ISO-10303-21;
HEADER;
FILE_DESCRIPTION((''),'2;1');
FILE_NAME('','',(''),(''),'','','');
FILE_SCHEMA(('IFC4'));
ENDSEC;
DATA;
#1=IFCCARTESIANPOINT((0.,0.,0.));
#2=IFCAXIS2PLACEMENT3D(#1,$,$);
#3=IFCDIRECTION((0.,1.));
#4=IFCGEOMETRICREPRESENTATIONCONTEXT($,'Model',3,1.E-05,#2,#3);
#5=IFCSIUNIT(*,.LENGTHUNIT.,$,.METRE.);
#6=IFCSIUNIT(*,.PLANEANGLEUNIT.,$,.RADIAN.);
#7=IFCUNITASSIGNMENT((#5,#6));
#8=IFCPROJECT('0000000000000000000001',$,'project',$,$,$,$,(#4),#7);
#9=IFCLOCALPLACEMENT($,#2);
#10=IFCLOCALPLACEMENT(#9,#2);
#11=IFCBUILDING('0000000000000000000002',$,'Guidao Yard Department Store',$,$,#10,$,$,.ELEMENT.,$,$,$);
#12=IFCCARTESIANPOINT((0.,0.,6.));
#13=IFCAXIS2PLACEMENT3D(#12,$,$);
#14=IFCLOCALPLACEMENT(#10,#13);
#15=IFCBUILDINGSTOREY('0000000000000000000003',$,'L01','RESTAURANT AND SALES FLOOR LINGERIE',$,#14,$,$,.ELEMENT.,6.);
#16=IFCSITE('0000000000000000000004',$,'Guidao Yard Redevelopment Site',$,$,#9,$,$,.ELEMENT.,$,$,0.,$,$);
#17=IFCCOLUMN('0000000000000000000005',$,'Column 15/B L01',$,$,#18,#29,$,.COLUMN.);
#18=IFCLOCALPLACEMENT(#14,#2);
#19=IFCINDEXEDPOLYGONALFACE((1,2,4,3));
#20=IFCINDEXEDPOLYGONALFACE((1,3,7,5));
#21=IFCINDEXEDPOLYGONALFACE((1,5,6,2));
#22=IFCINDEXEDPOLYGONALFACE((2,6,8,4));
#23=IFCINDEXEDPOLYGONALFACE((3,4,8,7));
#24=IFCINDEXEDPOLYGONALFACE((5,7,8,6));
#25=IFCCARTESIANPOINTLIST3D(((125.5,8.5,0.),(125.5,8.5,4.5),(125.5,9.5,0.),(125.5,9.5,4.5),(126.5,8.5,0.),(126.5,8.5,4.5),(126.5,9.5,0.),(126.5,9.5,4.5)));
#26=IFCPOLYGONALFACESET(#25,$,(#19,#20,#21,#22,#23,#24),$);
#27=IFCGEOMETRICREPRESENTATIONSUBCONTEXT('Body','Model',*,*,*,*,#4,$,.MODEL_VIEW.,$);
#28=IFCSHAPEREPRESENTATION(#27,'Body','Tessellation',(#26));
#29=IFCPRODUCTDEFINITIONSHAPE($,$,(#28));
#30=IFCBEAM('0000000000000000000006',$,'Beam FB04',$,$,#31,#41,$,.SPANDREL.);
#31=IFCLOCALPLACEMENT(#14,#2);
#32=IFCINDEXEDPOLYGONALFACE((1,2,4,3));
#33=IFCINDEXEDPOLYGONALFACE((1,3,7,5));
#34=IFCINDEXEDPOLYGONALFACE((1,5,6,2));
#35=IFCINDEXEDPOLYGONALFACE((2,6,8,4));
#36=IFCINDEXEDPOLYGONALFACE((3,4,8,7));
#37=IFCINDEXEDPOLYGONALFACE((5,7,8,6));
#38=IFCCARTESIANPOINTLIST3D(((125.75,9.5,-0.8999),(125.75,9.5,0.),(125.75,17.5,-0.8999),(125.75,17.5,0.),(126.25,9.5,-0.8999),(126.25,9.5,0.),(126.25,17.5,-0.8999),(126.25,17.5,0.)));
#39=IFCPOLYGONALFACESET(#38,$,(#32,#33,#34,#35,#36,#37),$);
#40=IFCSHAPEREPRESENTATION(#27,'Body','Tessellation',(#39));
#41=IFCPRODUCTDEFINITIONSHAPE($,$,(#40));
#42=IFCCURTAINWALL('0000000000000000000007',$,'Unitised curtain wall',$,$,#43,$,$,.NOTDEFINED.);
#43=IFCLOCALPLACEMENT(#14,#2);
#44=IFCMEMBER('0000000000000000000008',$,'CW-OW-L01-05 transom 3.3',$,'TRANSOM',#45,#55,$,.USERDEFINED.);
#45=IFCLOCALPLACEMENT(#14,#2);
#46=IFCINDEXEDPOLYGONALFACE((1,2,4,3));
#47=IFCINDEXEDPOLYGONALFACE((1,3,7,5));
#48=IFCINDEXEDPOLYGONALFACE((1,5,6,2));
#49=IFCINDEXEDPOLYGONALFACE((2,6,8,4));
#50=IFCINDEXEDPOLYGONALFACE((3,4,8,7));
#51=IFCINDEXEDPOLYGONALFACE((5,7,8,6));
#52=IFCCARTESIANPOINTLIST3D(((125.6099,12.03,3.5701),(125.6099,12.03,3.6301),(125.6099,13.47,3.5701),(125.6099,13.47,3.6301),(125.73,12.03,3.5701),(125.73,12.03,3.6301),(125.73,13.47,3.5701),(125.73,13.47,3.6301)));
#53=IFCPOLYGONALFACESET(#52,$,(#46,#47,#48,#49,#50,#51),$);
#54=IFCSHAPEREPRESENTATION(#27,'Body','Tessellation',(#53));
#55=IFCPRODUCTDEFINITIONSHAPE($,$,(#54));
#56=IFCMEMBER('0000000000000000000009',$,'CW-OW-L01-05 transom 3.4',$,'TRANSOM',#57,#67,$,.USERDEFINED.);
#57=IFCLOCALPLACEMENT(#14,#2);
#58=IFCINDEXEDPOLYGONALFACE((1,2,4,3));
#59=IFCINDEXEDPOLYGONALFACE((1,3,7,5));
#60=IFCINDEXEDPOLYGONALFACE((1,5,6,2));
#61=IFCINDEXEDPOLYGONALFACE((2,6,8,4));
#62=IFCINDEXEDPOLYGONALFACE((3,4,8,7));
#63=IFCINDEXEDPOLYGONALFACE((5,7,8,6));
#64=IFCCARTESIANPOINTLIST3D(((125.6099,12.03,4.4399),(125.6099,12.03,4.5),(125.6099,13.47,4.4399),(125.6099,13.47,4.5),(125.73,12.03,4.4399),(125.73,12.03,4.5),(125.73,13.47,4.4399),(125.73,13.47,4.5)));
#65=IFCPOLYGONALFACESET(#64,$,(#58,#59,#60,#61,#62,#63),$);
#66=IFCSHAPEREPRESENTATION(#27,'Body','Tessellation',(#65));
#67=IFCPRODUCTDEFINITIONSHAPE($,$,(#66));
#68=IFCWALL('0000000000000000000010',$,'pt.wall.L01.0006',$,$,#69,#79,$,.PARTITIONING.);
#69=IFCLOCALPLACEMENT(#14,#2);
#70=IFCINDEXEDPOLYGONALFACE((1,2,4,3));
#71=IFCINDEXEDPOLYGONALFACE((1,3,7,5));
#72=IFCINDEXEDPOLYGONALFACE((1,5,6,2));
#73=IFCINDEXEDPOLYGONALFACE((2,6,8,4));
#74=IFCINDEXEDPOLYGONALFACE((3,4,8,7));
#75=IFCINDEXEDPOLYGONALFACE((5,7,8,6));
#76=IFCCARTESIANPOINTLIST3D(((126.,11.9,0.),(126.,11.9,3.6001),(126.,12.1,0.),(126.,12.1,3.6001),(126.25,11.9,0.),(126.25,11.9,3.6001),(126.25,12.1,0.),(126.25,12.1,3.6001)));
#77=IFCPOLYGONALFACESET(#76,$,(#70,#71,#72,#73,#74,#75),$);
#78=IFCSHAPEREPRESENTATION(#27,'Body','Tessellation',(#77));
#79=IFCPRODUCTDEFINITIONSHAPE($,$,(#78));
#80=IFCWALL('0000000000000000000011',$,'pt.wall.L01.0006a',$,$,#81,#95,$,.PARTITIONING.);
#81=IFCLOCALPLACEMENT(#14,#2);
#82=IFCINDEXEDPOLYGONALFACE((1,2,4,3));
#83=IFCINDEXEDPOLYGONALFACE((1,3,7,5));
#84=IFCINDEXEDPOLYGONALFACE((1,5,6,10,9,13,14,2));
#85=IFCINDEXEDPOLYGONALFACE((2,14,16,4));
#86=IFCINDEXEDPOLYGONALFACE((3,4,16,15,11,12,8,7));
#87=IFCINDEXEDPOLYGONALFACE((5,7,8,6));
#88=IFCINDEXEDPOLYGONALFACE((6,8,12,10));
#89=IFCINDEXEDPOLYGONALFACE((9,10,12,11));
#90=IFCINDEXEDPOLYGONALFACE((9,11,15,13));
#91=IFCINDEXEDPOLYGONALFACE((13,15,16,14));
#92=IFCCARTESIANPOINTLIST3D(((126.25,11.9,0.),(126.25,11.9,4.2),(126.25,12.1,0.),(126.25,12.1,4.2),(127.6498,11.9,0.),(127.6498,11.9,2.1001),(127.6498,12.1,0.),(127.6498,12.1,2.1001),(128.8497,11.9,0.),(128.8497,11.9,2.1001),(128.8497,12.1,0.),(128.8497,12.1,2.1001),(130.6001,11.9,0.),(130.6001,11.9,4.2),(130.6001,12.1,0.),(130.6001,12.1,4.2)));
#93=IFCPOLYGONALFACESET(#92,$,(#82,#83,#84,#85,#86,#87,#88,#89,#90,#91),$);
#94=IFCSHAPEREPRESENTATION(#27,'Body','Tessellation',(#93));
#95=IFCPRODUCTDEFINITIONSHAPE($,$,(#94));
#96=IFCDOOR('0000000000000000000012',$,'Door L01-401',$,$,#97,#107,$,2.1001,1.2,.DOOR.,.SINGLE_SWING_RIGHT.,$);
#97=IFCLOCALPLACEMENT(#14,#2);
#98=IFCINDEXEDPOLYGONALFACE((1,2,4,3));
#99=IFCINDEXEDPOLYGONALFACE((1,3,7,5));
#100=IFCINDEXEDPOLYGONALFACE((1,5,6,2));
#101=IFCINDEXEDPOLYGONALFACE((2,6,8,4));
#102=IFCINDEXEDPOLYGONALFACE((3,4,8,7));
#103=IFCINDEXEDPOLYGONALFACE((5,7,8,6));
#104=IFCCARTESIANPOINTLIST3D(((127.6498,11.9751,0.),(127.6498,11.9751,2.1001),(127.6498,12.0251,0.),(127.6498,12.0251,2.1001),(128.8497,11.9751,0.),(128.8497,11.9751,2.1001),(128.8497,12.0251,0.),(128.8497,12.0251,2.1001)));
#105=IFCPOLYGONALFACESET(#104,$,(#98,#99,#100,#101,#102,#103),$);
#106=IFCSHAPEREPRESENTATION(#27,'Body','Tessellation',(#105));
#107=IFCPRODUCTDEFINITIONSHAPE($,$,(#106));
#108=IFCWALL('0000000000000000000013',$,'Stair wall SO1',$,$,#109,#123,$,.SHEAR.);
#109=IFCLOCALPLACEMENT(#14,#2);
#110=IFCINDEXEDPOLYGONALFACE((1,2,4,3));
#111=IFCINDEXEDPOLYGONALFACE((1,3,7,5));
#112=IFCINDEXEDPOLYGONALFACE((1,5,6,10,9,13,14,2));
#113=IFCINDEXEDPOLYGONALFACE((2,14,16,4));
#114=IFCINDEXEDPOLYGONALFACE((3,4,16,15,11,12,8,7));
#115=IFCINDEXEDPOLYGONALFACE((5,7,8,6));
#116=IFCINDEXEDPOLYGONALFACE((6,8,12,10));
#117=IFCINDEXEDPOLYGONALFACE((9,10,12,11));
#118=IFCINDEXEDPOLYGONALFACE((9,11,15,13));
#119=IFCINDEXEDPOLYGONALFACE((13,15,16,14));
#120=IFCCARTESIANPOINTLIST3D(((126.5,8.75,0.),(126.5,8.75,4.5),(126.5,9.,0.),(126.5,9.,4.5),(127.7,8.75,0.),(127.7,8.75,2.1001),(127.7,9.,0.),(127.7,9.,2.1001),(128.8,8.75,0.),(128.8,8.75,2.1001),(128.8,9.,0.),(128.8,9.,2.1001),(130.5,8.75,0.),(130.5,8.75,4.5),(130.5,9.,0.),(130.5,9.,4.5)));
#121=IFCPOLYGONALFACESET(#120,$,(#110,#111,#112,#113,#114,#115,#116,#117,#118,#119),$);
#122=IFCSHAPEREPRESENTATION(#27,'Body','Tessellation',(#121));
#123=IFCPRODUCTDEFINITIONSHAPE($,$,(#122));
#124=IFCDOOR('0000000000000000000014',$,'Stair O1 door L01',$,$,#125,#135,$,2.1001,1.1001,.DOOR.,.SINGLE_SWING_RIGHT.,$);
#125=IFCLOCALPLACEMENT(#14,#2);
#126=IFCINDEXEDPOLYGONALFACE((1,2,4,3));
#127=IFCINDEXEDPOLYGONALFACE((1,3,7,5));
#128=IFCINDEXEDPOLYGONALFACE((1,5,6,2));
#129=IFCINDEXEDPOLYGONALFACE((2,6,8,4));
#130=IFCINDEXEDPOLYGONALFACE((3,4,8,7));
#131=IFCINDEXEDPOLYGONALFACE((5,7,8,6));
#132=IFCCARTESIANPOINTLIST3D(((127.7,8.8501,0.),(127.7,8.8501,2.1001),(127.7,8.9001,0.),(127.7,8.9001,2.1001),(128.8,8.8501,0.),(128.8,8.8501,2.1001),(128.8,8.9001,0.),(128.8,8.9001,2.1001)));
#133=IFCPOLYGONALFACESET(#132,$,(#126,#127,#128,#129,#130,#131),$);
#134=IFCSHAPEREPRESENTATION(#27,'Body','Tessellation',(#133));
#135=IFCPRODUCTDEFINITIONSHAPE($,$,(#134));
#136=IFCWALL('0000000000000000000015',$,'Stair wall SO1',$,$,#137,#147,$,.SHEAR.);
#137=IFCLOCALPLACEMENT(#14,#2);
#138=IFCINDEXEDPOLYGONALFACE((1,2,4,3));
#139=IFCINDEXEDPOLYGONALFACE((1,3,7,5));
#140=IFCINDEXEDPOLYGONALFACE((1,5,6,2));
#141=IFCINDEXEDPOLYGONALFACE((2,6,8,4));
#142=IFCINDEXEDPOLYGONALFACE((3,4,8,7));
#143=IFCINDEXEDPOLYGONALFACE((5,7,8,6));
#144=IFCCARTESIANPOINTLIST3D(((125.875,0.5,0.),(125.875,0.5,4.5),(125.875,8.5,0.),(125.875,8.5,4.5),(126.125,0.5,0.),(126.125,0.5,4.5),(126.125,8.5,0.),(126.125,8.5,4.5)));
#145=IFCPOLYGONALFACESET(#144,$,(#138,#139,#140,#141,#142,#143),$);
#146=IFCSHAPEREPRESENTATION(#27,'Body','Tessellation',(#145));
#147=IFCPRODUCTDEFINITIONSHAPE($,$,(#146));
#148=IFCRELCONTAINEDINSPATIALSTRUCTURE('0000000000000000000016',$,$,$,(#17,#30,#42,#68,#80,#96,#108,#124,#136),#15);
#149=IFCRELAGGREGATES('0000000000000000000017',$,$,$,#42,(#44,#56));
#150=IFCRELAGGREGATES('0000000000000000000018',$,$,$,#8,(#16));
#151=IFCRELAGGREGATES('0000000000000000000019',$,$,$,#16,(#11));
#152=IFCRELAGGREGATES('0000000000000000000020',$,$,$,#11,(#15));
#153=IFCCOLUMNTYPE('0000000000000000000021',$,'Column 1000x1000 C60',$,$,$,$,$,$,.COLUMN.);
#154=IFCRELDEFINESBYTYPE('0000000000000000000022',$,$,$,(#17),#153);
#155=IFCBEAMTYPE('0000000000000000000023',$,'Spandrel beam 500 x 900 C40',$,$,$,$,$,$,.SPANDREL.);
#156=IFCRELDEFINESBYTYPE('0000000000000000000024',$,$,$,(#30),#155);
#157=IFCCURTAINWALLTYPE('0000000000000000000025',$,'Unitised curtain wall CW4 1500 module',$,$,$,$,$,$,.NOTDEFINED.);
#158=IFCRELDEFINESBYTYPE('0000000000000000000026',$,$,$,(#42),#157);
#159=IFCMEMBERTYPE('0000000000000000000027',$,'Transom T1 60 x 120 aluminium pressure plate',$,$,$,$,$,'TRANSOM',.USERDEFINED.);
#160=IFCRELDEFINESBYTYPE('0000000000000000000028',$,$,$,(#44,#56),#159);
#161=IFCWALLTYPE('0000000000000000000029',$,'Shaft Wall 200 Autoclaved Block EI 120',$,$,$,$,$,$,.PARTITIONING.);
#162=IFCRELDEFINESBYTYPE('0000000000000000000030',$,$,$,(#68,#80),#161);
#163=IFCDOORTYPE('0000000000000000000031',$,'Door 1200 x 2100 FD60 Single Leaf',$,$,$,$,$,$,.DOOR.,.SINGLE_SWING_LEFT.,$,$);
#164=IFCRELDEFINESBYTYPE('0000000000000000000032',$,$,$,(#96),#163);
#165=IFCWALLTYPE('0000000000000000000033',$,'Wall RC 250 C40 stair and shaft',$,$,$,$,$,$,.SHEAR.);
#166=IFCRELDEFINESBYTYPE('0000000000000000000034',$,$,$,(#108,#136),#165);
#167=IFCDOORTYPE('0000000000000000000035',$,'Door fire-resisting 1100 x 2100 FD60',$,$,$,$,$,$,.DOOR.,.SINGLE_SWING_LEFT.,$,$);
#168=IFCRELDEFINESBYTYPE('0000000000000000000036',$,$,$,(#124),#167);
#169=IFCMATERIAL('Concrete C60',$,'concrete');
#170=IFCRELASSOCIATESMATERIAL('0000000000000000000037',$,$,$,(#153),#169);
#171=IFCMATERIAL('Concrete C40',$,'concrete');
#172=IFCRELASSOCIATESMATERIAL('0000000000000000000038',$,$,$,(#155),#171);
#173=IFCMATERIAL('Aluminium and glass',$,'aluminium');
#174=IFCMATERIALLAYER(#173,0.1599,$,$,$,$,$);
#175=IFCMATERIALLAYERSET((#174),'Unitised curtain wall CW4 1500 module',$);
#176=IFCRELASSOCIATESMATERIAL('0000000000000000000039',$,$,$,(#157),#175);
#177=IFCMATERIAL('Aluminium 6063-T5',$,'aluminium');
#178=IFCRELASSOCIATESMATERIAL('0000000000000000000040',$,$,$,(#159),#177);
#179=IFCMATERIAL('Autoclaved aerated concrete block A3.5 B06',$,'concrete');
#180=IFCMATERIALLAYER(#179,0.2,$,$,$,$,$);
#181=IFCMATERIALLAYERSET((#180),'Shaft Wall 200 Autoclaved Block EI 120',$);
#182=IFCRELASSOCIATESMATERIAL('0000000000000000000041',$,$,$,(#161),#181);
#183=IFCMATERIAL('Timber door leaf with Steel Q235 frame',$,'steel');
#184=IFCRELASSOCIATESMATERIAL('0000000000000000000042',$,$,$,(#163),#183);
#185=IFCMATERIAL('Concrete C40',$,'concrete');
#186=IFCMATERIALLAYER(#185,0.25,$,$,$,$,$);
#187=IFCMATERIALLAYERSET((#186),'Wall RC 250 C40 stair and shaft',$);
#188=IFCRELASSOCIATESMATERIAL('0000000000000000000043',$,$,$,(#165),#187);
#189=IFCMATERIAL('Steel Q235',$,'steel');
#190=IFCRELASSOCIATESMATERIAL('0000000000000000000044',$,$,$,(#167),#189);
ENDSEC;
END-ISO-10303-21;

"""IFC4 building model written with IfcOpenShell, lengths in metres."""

from ifc_helpers import new_model, si_unit, direction, frame, frame_2d, origin, origin_2d, place, context, subcontext, project, spatial, rectangle, extrude, material, layer, layer_set, material_profile, profile_set, type_object, element, fill, aggregate, save


model = new_model("IFC4")

# Units and contexts
model_context = context("Model", 3, precision=1e-05, world=origin(), true_north=direction((0.0, 1.0)))
body_context = subcontext(model_context, "Body", "Model", "MODEL_VIEW")
ifc_project = project(units=[si_unit("LENGTHUNIT", "METRE"), si_unit("PLANEANGLEUNIT", "RADIAN")], contexts=[model_context])

# Site, building, storey
site_placement = place(None, origin())
site = spatial("IfcSite", under=ifc_project, at=site_placement, Name="Guidao Yard Redevelopment Site", CompositionType="ELEMENT", RefElevation=0.0)
building_placement = place(site_placement, origin())
building = spatial("IfcBuilding", under=site, at=building_placement, Name="Guidao Yard Department Store", CompositionType="ELEMENT")
storey_placement = place(building_placement, frame((0.0, 0.0, 6.0)))
storey = spatial("IfcBuildingStorey", under=building, at=storey_placement, Name="L01", Description="RESTAURANT AND SALES FLOOR LINGERIE", CompositionType="ELEMENT", Elevation=6.0)

# Column
ifc_material_1 = material(Name="Concrete C60", Category="concrete")
ifc_material_profile_1 = material_profile(ifc_material_1, rectangle(XDim=1.0, YDim=1.0, at=origin_2d()), Name="COL 1000x1000")
ifc_profile_set_1 = profile_set([ifc_material_profile_1], Name="Concrete C60")
column_type = type_object("IfcColumnType", Name="Column 1000x1000 C60", PredefinedType="COLUMN", material=ifc_profile_set_1)
column_placement = place(storey_placement, frame((126.0, 9.0, 0.0), z_axis=(0.0, 0.0, 1.0), x_axis=(1.0, 0.0, 0.0)))
element("IfcColumn", 1, at=column_placement, inside=storey, type_object=column_type, Name="Column 15/B L01", PredefinedType="COLUMN", context=body_context, shape_type="SweptSolid", body=[
    extrude(rectangle(XDim=1.0, YDim=1.0, at=origin_2d()), origin(), (0.0, 0.0, 1.0), 4.5),
])

# Beam
ifc_material_2 = material(Name="Concrete C40", Category="concrete")
ifc_material_profile_2 = material_profile(ifc_material_2, rectangle(XDim=0.5, YDim=0.8999, at=origin_2d()), Name="Spandrel beam 500 x 900 C40")
ifc_profile_set_2 = profile_set([ifc_material_profile_2], Name="Concrete C40")
beam_type = type_object("IfcBeamType", Name="Spandrel beam 500 x 900 C40", PredefinedType="SPANDREL", material=ifc_profile_set_2)
beam_placement = place(storey_placement, frame((126.0, 9.5, -0.45), z_axis=(0.0, 1.0, 0.0), x_axis=(-1.0, 0.0, 0.0)))
element("IfcBeam", 2, at=beam_placement, inside=storey, type_object=beam_type, Name="Beam FB04", PredefinedType="SPANDREL", context=body_context, shape_type="SweptSolid", body=[
    extrude(rectangle(XDim=0.5, YDim=0.8999, at=origin_2d()), origin(), (0.0, 0.0, 1.0), 8.0),
])

# Curtain wall, members
ifc_material_3 = material(Name="Aluminium and glass", Category="aluminium")
ifc_layer_1 = layer(ifc_material_3, 0.1599)
ifc_layer_set_1 = layer_set([ifc_layer_1], Name="Unitised curtain wall CW4 1500 module")
curtain_wall_type = type_object("IfcCurtainWallType", Name="Unitised curtain wall CW4 1500 module", PredefinedType="NOTDEFINED", material=ifc_layer_set_1)
curtain_wall_placement = place(storey_placement, origin())
curtain_wall = element("IfcCurtainWall", 3, at=curtain_wall_placement, inside=storey, type_object=curtain_wall_type, Name="Unitised curtain wall", PredefinedType="NOTDEFINED")
ifc_material_4 = material(Name="Aluminium 6063-T5", Category="aluminium")
ifc_material_profile_3 = material_profile(ifc_material_4, rectangle(XDim=0.1201, YDim=0.0601, at=origin_2d()), Name="Transom T1 60 x 120 aluminium pressure plate")
ifc_profile_set_3 = profile_set([ifc_material_profile_3], Name="Aluminium 6063-T5")
member_type = type_object("IfcMemberType", Name="Transom T1 60 x 120 aluminium pressure plate", ElementType="TRANSOM", PredefinedType="USERDEFINED", material=ifc_profile_set_3)
member_1_placement = place(storey_placement, frame((125.6699, 12.03, 3.6001), z_axis=(0.0, 1.0, 0.0), x_axis=(-1.0, 0.0, 0.0)))
member_1 = element("IfcMember", 4, at=member_1_placement, type_object=member_type, Name="CW-OW-L01-05 transom 3.3", ObjectType="TRANSOM", PredefinedType="USERDEFINED", context=body_context, shape_type="SweptSolid", body=[
    extrude(rectangle(XDim=0.1201, YDim=0.0601, at=origin_2d()), origin(), (0.0, 0.0, 1.0), 1.4399),
])
member_2_placement = place(storey_placement, frame((125.6699, 12.03, 4.47), z_axis=(0.0, 1.0, 0.0), x_axis=(-1.0, 0.0, 0.0)))
member_2 = element("IfcMember", 5, at=member_2_placement, type_object=member_type, Name="CW-OW-L01-05 transom 3.4", ObjectType="TRANSOM", PredefinedType="USERDEFINED", context=body_context, shape_type="SweptSolid", body=[
    extrude(rectangle(XDim=0.1201, YDim=0.0601, at=origin_2d()), origin(), (0.0, 0.0, 1.0), 1.4399),
])
aggregate(curtain_wall, [member_1, member_2])

# Wall
ifc_material_5 = material(Name="Autoclaved aerated concrete block A3.5 B06", Category="concrete")
ifc_layer_2 = layer(ifc_material_5, 0.2)
ifc_layer_set_2 = layer_set([ifc_layer_2], Name="Shaft Wall 200 Autoclaved Block EI 120")
wall_type_1 = type_object("IfcWallType", Name="Shaft Wall 200 Autoclaved Block EI 120", PredefinedType="PARTITIONING", material=ifc_layer_set_2)
wall_1_placement = place(storey_placement, frame((126.0, 12.0, 0.0), z_axis=(0.0, 0.0, 1.0), x_axis=(1.0, 0.0, 0.0)))
element("IfcWall", 6, at=wall_1_placement, inside=storey, type_object=wall_type_1, Name="pt.wall.L01.0006", PredefinedType="PARTITIONING", context=body_context, shape_type="SweptSolid", body=[
    extrude(rectangle(XDim=0.25, YDim=0.2, at=frame_2d((0.125, 0.0))), origin(), (0.0, 0.0, 1.0), 3.6001),
])

# Walls, openings, doors
wall_2_placement = place(storey_placement, frame((126.25, 12.0, 0.0), z_axis=(0.0, 0.0, 1.0), x_axis=(1.0, 0.0, 0.0)))
wall_2 = element("IfcWall", 7, at=wall_2_placement, inside=storey, type_object=wall_type_1, Name="pt.wall.L01.0006a", PredefinedType="PARTITIONING", context=body_context, shape_type="SweptSolid", body=[
    extrude(rectangle(XDim=4.3501, YDim=0.2, at=frame_2d((2.175, 0.0))), origin(), (0.0, 0.0, 1.0), 4.2),
])
opening_1_placement = place(wall_2_placement, frame((2.5999, 0.0, 0.0), z_axis=(0.0, 0.0, 1.0), x_axis=(-1.0, 0.0, 0.0)))
opening_1 = element("IfcOpeningElement", 8, at=opening_1_placement, cuts=wall_2, PredefinedType="OPENING", context=body_context, shape_type="SweptSolid", body=[
    extrude(rectangle(XDim=1.2, YDim=2.1001, at=frame_2d((0.6001, 1.05))), frame((0.0, 0.1099, 0.0), z_axis=(0.0, -1.0, 0.0), x_axis=(1.0, 0.0, 0.0)), (0.0, 0.0, 1.0), 0.22),
])
ifc_material_6 = material(Name="Timber door leaf with Steel Q235 frame", Category="steel")
door_type_1 = type_object("IfcDoorType", Name="Door 1200 x 2100 FD60 Single Leaf", OperationType="SINGLE_SWING_LEFT", PredefinedType="DOOR", material=ifc_material_6)
door_1_placement = place(opening_1_placement, origin())
door_1 = element("IfcDoor", 9, at=door_1_placement, inside=storey, type_object=door_type_1, Name="Door L01-401", OperationType="SINGLE_SWING_RIGHT", OverallHeight=2.1001, OverallWidth=1.2, PredefinedType="DOOR", context=body_context, shape_type="SweptSolid", body=[
    extrude(rectangle(XDim=1.2, YDim=2.1001, at=frame_2d((0.6001, 1.05))), frame((0.0, 0.0249, 0.0), z_axis=(0.0, -1.0, 0.0), x_axis=(1.0, 0.0, 0.0)), (0.0, 0.0, 1.0), 0.05),
])
fill(opening_1, door_1)
ifc_material_7 = material(Name="Concrete C40", Category="concrete")
ifc_layer_3 = layer(ifc_material_7, 0.25)
ifc_layer_set_3 = layer_set([ifc_layer_3], Name="Wall RC 250 C40 stair and shaft")
wall_type_2 = type_object("IfcWallType", Name="Wall RC 250 C40 stair and shaft", PredefinedType="SHEAR", material=ifc_layer_set_3)
wall_3_placement = place(storey_placement, frame((126.5, 8.875, 0.0), z_axis=(0.0, 0.0, 1.0), x_axis=(1.0, 0.0, 0.0)))
wall_3 = element("IfcWall", 10, at=wall_3_placement, inside=storey, type_object=wall_type_2, Name="Stair wall SO1", PredefinedType="SHEAR", context=body_context, shape_type="SweptSolid", body=[
    extrude(rectangle(XDim=4.0, YDim=0.25, at=frame_2d((2.0, 0.0))), origin(), (0.0, 0.0, 1.0), 4.5),
])
opening_2_placement = place(wall_3_placement, frame((2.3, 0.0, 0.0), z_axis=(0.0, 0.0, 1.0), x_axis=(-1.0, 0.0, 0.0)))
opening_2 = element("IfcOpeningElement", 11, at=opening_2_placement, cuts=wall_3, PredefinedType="OPENING", context=body_context, shape_type="SweptSolid", body=[
    extrude(rectangle(XDim=1.1001, YDim=2.1001, at=frame_2d((0.55, 1.05))), frame((0.0, 0.135, 0.0), z_axis=(0.0, -1.0, 0.0), x_axis=(1.0, 0.0, 0.0)), (0.0, 0.0, 1.0), 0.27),
])
ifc_material_8 = material(Name="Steel Q235", Category="steel")
door_type_2 = type_object("IfcDoorType", Name="Door fire-resisting 1100 x 2100 FD60", OperationType="SINGLE_SWING_LEFT", PredefinedType="DOOR", material=ifc_material_8)
door_2_placement = place(opening_2_placement, origin())
door_2 = element("IfcDoor", 12, at=door_2_placement, inside=storey, type_object=door_type_2, Name="Stair O1 door L01", OperationType="SINGLE_SWING_RIGHT", OverallHeight=2.1001, OverallWidth=1.1001, PredefinedType="DOOR", context=body_context, shape_type="SweptSolid", body=[
    extrude(rectangle(XDim=1.1001, YDim=2.1001, at=frame_2d((0.55, 1.05))), frame((0.0, 0.0249, 0.0), z_axis=(0.0, -1.0, 0.0), x_axis=(1.0, 0.0, 0.0)), (0.0, 0.0, 1.0), 0.05),
])
fill(opening_2, door_2)

# Wall
wall_4_placement = place(storey_placement, frame((126.0, 0.5, 0.0), z_axis=(0.0, 0.0, 1.0), x_axis=(0.0, 1.0, 0.0)))
element("IfcWall", 13, at=wall_4_placement, inside=storey, type_object=wall_type_2, Name="Stair wall SO1", PredefinedType="SHEAR", context=body_context, shape_type="SweptSolid", body=[
    extrude(rectangle(XDim=8.0, YDim=0.25, at=frame_2d((4.0, 0.0))), origin(), (0.0, 0.0, 1.0), 4.5),
])

save(model, "model.ifc")
